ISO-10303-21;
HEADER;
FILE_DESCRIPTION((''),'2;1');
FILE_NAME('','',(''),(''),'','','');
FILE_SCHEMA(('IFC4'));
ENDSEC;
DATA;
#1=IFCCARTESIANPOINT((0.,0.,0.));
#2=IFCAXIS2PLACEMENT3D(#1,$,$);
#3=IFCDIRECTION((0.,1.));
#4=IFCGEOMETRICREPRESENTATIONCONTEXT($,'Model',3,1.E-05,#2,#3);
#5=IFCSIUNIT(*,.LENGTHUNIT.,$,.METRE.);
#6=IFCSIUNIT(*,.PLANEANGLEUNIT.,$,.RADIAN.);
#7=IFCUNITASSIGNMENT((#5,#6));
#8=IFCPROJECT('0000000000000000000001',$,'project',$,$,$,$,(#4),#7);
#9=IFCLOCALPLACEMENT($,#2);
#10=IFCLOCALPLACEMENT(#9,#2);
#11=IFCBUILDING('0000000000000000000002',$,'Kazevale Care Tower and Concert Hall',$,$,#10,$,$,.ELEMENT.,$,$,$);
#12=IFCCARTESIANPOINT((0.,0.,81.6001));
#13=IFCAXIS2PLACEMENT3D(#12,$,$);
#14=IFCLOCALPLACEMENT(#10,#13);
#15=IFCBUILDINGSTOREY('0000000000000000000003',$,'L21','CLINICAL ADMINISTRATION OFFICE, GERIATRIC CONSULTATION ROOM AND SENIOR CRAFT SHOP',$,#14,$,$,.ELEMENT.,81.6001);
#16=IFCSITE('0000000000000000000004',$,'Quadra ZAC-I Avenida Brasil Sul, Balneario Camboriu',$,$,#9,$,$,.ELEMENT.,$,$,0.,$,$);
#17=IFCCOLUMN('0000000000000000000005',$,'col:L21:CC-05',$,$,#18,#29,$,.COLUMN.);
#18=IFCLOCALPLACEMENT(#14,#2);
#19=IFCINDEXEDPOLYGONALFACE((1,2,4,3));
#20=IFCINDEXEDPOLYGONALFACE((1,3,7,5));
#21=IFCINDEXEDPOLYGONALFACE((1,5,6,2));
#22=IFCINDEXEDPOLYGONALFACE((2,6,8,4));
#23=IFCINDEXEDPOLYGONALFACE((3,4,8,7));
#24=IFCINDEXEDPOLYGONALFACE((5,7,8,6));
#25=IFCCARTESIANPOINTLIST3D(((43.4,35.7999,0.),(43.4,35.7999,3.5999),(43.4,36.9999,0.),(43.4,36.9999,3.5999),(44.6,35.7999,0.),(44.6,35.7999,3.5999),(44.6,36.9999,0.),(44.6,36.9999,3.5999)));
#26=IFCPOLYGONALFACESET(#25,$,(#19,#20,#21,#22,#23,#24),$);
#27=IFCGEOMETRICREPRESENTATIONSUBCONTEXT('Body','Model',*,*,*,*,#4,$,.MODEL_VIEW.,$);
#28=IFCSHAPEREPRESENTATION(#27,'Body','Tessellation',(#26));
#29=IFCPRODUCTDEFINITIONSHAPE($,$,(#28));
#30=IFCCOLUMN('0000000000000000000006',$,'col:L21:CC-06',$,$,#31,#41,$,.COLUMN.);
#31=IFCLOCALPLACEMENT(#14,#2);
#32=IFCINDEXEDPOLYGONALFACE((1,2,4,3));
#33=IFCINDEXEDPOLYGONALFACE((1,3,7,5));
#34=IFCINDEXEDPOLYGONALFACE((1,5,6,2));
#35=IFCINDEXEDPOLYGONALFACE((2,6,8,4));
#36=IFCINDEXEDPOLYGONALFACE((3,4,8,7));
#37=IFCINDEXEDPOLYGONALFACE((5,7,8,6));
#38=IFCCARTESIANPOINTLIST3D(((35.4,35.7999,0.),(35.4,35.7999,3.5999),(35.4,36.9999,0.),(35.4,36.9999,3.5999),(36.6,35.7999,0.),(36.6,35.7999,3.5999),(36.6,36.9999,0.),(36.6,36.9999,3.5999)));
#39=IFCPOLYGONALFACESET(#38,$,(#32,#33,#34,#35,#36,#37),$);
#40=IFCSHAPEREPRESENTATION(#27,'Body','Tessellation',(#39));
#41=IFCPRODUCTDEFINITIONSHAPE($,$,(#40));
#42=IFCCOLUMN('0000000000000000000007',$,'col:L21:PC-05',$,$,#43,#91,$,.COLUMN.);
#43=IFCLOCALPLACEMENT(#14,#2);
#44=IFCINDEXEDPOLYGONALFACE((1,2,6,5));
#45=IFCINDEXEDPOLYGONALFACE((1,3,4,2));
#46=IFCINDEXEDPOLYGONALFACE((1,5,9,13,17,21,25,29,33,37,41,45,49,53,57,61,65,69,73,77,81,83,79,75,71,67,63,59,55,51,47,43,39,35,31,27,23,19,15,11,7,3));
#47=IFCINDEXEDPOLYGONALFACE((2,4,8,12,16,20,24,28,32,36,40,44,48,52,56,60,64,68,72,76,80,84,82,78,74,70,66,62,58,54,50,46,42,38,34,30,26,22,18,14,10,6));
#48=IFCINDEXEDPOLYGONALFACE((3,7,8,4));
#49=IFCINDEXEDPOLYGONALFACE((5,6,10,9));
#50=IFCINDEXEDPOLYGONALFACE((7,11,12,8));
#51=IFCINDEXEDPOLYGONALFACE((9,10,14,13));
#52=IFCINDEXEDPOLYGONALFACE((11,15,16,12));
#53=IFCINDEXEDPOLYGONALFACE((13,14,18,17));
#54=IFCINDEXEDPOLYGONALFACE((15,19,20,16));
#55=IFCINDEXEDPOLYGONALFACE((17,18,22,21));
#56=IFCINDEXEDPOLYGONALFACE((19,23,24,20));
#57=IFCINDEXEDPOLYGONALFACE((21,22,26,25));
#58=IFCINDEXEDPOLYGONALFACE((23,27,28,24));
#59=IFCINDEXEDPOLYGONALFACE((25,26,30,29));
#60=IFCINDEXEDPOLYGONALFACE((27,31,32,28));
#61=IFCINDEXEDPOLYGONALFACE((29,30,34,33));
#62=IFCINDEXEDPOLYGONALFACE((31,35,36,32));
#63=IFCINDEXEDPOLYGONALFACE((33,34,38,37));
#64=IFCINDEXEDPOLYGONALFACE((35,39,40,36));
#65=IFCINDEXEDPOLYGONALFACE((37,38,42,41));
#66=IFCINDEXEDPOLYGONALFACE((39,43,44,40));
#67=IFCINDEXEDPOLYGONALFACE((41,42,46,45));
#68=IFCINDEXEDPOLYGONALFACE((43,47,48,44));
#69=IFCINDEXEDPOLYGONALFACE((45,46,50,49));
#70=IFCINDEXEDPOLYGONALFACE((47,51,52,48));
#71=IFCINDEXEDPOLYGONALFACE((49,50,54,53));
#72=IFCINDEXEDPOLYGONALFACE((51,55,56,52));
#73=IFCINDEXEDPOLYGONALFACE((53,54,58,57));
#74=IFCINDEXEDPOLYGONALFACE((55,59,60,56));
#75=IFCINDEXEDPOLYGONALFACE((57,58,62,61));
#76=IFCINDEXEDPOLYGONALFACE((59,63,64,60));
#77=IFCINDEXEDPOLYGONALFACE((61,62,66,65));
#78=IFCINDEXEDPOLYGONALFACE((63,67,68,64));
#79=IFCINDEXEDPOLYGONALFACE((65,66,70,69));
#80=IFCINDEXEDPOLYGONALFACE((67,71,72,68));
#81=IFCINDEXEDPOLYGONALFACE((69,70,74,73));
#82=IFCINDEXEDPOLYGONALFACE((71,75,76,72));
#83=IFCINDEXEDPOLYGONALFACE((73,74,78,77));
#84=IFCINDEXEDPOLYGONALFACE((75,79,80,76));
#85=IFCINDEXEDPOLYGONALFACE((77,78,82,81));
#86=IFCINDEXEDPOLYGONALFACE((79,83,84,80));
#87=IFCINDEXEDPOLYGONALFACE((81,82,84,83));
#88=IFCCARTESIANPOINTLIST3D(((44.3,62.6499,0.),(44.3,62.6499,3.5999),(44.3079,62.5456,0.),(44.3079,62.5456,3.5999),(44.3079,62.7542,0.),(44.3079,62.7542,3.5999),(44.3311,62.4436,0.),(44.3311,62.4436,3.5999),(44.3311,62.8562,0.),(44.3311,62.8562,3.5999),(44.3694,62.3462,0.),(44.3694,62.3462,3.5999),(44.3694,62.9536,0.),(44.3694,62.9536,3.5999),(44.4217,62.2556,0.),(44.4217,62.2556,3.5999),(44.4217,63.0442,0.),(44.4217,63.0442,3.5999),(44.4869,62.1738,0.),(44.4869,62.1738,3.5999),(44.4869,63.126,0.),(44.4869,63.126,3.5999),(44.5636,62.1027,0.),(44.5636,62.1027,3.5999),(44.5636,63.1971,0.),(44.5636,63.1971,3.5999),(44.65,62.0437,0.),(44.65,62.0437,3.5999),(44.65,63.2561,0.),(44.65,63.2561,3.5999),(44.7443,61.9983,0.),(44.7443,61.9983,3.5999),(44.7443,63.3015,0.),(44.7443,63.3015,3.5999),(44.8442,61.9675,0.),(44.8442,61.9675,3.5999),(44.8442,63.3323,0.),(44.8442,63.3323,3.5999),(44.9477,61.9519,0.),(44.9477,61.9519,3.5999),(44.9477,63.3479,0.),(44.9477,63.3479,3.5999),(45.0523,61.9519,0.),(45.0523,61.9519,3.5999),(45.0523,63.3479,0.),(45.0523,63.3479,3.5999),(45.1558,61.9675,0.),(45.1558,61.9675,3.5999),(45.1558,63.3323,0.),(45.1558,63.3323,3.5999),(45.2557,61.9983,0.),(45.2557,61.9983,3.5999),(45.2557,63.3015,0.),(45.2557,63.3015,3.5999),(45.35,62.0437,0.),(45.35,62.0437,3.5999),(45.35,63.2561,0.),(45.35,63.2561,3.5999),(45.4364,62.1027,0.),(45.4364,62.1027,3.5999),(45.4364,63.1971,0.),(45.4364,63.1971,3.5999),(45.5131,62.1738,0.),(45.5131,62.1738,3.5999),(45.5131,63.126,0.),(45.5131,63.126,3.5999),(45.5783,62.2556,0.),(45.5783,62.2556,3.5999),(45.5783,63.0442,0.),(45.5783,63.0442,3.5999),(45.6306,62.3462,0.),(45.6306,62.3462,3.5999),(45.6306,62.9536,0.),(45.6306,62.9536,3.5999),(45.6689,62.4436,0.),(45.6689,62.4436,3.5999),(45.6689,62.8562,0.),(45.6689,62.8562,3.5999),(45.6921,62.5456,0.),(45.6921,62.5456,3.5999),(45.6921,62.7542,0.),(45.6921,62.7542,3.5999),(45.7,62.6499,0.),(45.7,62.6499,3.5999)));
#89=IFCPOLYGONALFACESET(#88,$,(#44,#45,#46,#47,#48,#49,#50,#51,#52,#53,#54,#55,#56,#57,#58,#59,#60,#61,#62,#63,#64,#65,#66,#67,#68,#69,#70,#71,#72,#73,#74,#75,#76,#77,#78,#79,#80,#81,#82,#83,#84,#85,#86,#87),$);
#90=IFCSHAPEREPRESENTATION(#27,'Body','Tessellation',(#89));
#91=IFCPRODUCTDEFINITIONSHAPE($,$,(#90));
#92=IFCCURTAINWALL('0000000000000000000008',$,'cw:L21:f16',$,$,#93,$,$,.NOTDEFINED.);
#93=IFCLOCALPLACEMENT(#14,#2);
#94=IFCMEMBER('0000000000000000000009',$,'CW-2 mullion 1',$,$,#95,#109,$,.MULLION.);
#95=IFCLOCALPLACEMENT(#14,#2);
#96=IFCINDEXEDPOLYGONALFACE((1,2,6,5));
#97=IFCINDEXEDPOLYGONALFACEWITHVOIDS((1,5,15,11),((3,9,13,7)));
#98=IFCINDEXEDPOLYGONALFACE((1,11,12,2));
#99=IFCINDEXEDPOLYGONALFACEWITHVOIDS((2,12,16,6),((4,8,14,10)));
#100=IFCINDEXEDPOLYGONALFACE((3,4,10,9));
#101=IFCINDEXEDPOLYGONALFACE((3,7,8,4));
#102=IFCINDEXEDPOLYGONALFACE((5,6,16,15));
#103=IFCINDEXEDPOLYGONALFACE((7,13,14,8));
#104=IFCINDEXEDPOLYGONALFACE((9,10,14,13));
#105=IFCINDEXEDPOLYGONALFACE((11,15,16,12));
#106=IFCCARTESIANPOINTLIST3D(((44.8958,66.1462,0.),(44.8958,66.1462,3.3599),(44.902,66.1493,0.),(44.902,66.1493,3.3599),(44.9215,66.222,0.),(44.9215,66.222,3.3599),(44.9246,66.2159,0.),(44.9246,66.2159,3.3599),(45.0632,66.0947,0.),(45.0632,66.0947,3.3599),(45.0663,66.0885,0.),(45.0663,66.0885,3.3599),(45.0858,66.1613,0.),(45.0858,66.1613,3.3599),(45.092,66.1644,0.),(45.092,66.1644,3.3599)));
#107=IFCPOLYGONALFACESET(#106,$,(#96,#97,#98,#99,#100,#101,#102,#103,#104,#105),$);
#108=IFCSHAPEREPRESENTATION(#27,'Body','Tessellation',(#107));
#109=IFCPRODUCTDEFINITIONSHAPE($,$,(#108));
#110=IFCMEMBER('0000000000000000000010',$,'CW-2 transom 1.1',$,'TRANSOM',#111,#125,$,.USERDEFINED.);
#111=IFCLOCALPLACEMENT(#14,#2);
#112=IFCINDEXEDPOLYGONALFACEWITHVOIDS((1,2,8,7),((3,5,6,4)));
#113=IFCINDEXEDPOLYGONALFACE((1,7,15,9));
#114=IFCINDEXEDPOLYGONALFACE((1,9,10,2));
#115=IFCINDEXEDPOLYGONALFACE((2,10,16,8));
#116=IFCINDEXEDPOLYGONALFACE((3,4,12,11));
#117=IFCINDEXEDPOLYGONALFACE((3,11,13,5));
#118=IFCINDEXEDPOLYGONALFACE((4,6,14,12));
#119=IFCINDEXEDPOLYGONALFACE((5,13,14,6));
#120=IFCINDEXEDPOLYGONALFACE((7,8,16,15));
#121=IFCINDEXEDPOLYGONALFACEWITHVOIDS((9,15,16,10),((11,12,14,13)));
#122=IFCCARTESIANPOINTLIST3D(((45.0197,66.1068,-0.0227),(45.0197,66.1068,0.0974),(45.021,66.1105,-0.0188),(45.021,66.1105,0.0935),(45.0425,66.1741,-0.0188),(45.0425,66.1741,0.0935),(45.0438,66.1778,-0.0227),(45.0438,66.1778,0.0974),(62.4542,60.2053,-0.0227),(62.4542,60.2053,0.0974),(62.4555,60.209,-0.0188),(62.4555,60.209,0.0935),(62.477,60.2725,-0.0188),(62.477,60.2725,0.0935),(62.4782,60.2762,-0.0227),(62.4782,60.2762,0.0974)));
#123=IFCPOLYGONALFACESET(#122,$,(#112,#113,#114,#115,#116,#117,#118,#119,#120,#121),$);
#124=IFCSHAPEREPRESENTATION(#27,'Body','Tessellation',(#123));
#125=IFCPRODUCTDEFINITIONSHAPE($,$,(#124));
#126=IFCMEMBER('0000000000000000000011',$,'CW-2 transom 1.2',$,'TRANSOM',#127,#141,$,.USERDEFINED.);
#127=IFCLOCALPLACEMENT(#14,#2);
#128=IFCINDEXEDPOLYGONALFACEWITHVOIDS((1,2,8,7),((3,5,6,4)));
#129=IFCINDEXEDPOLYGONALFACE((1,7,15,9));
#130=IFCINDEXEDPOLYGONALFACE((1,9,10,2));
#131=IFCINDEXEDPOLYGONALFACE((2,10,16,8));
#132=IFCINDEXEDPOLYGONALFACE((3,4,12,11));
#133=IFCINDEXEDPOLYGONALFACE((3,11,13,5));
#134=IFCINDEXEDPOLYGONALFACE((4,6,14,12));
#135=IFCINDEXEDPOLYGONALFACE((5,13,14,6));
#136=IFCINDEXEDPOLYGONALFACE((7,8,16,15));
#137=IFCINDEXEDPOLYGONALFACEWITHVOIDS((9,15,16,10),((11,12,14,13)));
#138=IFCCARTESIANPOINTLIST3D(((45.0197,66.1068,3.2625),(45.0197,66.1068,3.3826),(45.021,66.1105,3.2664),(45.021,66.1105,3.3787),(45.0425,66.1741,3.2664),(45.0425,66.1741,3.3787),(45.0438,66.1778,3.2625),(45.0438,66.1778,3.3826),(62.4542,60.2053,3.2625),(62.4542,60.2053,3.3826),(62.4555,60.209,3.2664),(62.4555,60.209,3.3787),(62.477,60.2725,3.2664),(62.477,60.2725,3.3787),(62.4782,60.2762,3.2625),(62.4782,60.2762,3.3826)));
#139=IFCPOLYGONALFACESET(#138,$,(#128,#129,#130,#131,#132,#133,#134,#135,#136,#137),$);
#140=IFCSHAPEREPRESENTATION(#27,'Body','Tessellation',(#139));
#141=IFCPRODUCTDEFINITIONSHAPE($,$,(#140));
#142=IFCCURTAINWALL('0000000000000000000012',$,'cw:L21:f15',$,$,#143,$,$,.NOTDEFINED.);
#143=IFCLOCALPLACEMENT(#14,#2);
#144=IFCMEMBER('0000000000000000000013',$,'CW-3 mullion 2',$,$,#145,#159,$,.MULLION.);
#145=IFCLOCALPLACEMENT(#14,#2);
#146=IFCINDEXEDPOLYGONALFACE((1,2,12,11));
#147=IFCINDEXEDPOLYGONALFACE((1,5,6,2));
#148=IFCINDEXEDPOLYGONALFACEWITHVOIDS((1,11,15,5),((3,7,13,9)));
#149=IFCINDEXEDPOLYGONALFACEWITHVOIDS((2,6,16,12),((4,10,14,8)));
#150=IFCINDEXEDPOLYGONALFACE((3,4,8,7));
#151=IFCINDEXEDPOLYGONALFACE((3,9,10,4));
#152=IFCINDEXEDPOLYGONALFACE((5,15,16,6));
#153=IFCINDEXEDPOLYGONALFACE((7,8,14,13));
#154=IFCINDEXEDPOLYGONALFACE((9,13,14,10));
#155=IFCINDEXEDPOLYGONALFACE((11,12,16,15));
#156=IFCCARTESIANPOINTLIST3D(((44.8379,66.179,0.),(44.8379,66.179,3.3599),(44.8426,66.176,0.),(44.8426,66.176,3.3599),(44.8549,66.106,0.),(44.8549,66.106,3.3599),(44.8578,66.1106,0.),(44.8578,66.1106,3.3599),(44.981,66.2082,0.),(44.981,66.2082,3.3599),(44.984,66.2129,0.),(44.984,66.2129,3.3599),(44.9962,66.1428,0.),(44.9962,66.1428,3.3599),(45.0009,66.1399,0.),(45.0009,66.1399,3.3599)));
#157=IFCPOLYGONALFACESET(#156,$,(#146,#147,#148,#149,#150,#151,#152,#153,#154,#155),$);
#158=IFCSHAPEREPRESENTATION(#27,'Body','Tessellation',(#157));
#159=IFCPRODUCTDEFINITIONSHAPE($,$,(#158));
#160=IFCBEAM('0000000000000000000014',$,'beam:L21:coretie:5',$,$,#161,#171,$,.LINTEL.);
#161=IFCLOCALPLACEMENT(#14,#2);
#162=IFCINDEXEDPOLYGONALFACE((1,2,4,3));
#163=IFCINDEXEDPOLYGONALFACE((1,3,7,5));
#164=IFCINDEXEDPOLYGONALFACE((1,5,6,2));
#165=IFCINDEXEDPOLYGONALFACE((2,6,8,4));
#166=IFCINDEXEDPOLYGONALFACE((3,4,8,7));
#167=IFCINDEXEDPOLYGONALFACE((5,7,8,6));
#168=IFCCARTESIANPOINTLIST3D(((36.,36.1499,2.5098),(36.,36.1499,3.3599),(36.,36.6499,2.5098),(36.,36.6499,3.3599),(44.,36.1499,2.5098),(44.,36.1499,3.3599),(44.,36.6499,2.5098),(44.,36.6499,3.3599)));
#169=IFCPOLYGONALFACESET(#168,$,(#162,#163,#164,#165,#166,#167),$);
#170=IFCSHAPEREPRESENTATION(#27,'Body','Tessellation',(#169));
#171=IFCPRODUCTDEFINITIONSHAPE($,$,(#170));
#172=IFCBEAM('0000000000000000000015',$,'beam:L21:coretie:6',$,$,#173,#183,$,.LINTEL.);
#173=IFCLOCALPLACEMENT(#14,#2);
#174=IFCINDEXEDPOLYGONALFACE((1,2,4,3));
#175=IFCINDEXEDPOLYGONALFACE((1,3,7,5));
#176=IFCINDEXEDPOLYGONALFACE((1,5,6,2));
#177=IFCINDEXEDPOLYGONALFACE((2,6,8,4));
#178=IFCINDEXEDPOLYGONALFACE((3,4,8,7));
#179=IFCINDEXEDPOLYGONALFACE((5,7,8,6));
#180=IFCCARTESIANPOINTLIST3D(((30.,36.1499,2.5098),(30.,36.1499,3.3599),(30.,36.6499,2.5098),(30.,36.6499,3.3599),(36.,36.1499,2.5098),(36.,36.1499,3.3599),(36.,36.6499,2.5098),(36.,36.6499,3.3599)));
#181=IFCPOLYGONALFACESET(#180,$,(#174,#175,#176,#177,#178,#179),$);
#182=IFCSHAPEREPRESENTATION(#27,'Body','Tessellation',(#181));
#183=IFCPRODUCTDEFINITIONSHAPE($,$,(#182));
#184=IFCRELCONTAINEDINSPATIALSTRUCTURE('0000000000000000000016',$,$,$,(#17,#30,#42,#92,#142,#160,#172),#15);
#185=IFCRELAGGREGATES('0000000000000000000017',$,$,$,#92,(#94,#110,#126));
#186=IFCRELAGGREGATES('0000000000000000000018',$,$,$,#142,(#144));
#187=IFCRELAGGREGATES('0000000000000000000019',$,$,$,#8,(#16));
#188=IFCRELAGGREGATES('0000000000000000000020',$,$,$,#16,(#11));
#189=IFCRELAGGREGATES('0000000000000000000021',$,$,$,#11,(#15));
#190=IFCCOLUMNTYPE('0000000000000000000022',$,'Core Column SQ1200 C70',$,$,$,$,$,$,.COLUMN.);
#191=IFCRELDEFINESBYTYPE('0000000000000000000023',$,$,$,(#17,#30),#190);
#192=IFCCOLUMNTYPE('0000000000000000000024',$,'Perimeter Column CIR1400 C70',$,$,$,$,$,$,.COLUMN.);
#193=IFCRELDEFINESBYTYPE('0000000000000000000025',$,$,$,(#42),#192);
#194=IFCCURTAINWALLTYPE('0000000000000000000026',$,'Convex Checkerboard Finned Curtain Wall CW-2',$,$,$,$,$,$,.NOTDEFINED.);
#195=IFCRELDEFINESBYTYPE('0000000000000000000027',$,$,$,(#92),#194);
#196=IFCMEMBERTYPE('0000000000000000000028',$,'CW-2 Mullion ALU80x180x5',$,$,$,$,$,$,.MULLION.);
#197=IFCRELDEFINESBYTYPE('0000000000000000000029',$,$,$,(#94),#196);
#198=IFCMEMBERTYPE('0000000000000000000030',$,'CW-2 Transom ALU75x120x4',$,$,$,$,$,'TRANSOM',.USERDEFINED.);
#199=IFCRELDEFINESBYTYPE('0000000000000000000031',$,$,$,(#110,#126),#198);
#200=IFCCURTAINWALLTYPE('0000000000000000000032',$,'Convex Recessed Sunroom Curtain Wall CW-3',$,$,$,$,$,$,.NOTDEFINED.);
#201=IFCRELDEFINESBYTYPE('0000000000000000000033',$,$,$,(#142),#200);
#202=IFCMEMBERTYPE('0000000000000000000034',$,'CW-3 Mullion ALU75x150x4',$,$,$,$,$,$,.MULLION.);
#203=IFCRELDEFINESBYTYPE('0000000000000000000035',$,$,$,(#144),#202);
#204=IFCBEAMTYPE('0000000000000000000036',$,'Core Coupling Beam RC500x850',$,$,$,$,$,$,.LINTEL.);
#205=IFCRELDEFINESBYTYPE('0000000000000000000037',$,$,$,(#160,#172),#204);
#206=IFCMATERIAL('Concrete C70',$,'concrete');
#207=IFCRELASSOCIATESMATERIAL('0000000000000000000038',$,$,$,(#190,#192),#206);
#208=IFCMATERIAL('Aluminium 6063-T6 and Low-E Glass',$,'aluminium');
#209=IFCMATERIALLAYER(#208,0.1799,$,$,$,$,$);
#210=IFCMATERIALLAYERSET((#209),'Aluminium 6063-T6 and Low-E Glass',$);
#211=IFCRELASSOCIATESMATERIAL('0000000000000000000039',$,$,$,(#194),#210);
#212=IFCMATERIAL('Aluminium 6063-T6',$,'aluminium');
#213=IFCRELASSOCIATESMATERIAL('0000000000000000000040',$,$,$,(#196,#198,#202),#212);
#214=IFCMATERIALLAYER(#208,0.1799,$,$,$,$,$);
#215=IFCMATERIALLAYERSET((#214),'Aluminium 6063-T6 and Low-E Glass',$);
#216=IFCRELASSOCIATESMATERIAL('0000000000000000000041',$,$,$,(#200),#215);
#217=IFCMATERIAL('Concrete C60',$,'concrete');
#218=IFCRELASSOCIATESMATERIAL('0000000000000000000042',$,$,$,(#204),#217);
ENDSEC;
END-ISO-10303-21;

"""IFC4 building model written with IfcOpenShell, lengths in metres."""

from ifc_helpers import new_model, si_unit, direction, frame, origin, origin_2d, place, context, subcontext, project, spatial, rectangle, hollow_rectangle, circle, extrude, material, layer, layer_set, material_profile, profile_set, type_object, element, aggregate, save


model = new_model("IFC4")

# Units and contexts
model_context = context("Model", 3, precision=1e-05, world=origin(), true_north=direction((0.0, 1.0)))
body_context = subcontext(model_context, "Body", "Model", "MODEL_VIEW")
ifc_project = project(units=[si_unit("LENGTHUNIT", "METRE"), si_unit("PLANEANGLEUNIT", "RADIAN")], contexts=[model_context])

# Site, building, storey
site_placement = place(None, origin())
site = spatial("IfcSite", under=ifc_project, at=site_placement, Name="Quadra ZAC-I Avenida Brasil Sul, Balneario Camboriu", CompositionType="ELEMENT", RefElevation=0.0)
building_placement = place(site_placement, origin())
building = spatial("IfcBuilding", under=site, at=building_placement, Name="Kazevale Care Tower and Concert Hall", CompositionType="ELEMENT")
storey_placement = place(building_placement, frame((0.0, 0.0, 81.6001)))
storey = spatial("IfcBuildingStorey", under=building, at=storey_placement, Name="L21", Description="CLINICAL ADMINISTRATION OFFICE, GERIATRIC CONSULTATION ROOM AND SENIOR CRAFT SHOP", CompositionType="ELEMENT", Elevation=81.6001)

# Columns
ifc_material_1 = material(Name="Concrete C70", Category="concrete")
ifc_material_profile_1 = material_profile(ifc_material_1, rectangle(XDim=1.2, YDim=1.2, at=origin_2d()), Name="RC-SQ1200")
ifc_profile_set_1 = profile_set([ifc_material_profile_1], Name="Concrete C70")
column_type_1 = type_object("IfcColumnType", Name="Core Column SQ1200 C70", PredefinedType="COLUMN", material=ifc_profile_set_1)
for number, where, z_axis, x_axis, name in (
    (1, (44.0, 36.3999, 0.0), (0.0, 0.0, 1.0), (1.0, 0.0, 0.0), "col:L21:CC-05"),
    (2, (36.0, 36.3999, 0.0), (0.0, 0.0, 1.0), (1.0, 0.0, 0.0), "col:L21:CC-06"),
):
    element("IfcColumn", number, at=place(storey_placement, frame(where, z_axis=z_axis, x_axis=x_axis)), inside=storey, type_object=column_type_1, Name=name, PredefinedType="COLUMN", context=body_context, shape_type="SweptSolid", body=[
        extrude(rectangle(XDim=1.2, YDim=1.2, at=origin_2d()), origin(), (0.0, 0.0, 1.0), 3.5999),
    ])
ifc_material_profile_2 = material_profile(ifc_material_1, circle(Radius=0.7, at=origin_2d()), Name="RC-CIR1400")
ifc_profile_set_2 = profile_set([ifc_material_profile_2], Name="Concrete C70")
column_type_2 = type_object("IfcColumnType", Name="Perimeter Column CIR1400 C70", PredefinedType="COLUMN", material=ifc_profile_set_2)
column_placement = place(storey_placement, frame((45.0, 62.6499, 0.0), z_axis=(0.0, 0.0, 1.0), x_axis=(1.0, 0.0, 0.0)))
element("IfcColumn", 3, at=column_placement, inside=storey, type_object=column_type_2, Name="col:L21:PC-05", PredefinedType="COLUMN", context=body_context, shape_type="SweptSolid", body=[
    extrude(circle(Radius=0.7, at=origin_2d()), origin(), (0.0, 0.0, 1.0), 3.5999),
])

# Curtain wall, members
ifc_material_2 = material(Name="Aluminium 6063-T6 and Low-E Glass", Category="aluminium")
ifc_layer_1 = layer(ifc_material_2, 0.1799)
ifc_layer_set_1 = layer_set([ifc_layer_1], Name="Aluminium 6063-T6 and Low-E Glass")
curtain_wall_type_1 = type_object("IfcCurtainWallType", Name="Convex Checkerboard Finned Curtain Wall CW-2", PredefinedType="NOTDEFINED", material=ifc_layer_set_1)
curtain_wall_1_placement = place(storey_placement, origin())
curtain_wall_1 = element("IfcCurtainWall", 4, at=curtain_wall_1_placement, inside=storey, type_object=curtain_wall_type_1, Name="cw:L21:f16", PredefinedType="NOTDEFINED")
ifc_material_3 = material(Name="Aluminium 6063-T6", Category="aluminium")
ifc_material_profile_3 = material_profile(ifc_material_3, hollow_rectangle(XDim=0.0801, YDim=0.1799, WallThickness=0.0049, at=origin_2d()), Name="ALU80x180x5")
ifc_profile_set_3 = profile_set([ifc_material_profile_3], Name="Aluminium 6063-T6")
member_type_1 = type_object("IfcMemberType", Name="CW-2 Mullion ALU80x180x5", PredefinedType="MULLION", material=ifc_profile_set_3)
member_1_placement = place(storey_placement, frame((44.9939, 66.1553, 0.0), z_axis=(0.0, 0.0, 1.0), x_axis=(0.320636, 0.947203, 0.0)))
member_1 = element("IfcMember", 5, at=member_1_placement, type_object=member_type_1, Name="CW-2 mullion 1", PredefinedType="MULLION", context=body_context, shape_type="SweptSolid", body=[
    extrude(hollow_rectangle(XDim=0.0801, YDim=0.1799, WallThickness=0.0049, at=origin_2d()), origin(), (0.0, 0.0, 1.0), 3.3599),
])
ifc_material_profile_4 = material_profile(ifc_material_3, hollow_rectangle(XDim=0.075, YDim=0.1201, WallThickness=0.0039, at=origin_2d()), Name="ALU75x120x4")
ifc_profile_set_4 = profile_set([ifc_material_profile_4], Name="Aluminium 6063-T6")
member_type_2 = type_object("IfcMemberType", Name="CW-2 Transom ALU75x120x4", ElementType="TRANSOM", PredefinedType="USERDEFINED", material=ifc_profile_set_4)
member_2_placement = place(storey_placement, frame((45.0317, 66.1423, 0.0374), z_axis=(0.947205, -0.320629, 0.0), x_axis=(0.320629, 0.947205, 0.0)))
member_2 = element("IfcMember", 6, at=member_2_placement, type_object=member_type_2, Name="CW-2 transom 1.1", ObjectType="TRANSOM", PredefinedType="USERDEFINED", context=body_context, shape_type="SweptSolid", body=[
    extrude(hollow_rectangle(XDim=0.075, YDim=0.1201, WallThickness=0.0039, at=origin_2d()), origin(), (0.0, 0.0, 1.0), 18.4062),
])
member_3_placement = place(storey_placement, frame((45.0317, 66.1423, 3.3225), z_axis=(0.947205, -0.320629, 0.0), x_axis=(0.320629, 0.947205, 0.0)))
member_3 = element("IfcMember", 7, at=member_3_placement, type_object=member_type_2, Name="CW-2 transom 1.2", ObjectType="TRANSOM", PredefinedType="USERDEFINED", context=body_context, shape_type="SweptSolid", body=[
    extrude(hollow_rectangle(XDim=0.075, YDim=0.1201, WallThickness=0.0039, at=origin_2d()), origin(), (0.0, 0.0, 1.0), 18.4062),
])
aggregate(curtain_wall_1, [member_1, member_2, member_3])

# Curtain wall, member
ifc_layer_2 = layer(ifc_material_2, 0.1799)
ifc_layer_set_2 = layer_set([ifc_layer_2], Name="Aluminium 6063-T6 and Low-E Glass")
curtain_wall_type_2 = type_object("IfcCurtainWallType", Name="Convex Recessed Sunroom Curtain Wall CW-3", PredefinedType="NOTDEFINED", material=ifc_layer_set_2)
curtain_wall_2_placement = place(storey_placement, origin())
curtain_wall_2 = element("IfcCurtainWall", 8, at=curtain_wall_2_placement, inside=storey, type_object=curtain_wall_type_2, Name="cw:L21:f15", PredefinedType="NOTDEFINED")
ifc_material_profile_5 = material_profile(ifc_material_3, hollow_rectangle(XDim=0.075, YDim=0.1499, WallThickness=0.0039, at=origin_2d()), Name="ALU75x150x4")
ifc_profile_set_5 = profile_set([ifc_material_profile_5], Name="Aluminium 6063-T6")
member_type_3 = type_object("IfcMemberType", Name="CW-3 Mullion ALU75x150x4", PredefinedType="MULLION", material=ifc_profile_set_5)
member_4_placement = place(storey_placement, frame((44.9194, 66.1594, 0.0), z_axis=(0.0, 0.0, 1.0), x_axis=(-0.226287, 0.974061, 0.0)))
member_4 = element("IfcMember", 9, at=member_4_placement, type_object=member_type_3, Name="CW-3 mullion 2", PredefinedType="MULLION", context=body_context, shape_type="SweptSolid", body=[
    extrude(hollow_rectangle(XDim=0.075, YDim=0.1499, WallThickness=0.0039, at=origin_2d()), origin(), (0.0, 0.0, 1.0), 3.3599),
])

# Beams
ifc_material_4 = material(Name="Concrete C60", Category="concrete")
ifc_material_profile_6 = material_profile(ifc_material_4, rectangle(XDim=0.5, YDim=0.8501, at=origin_2d()), Name="RC-B500x850")
ifc_profile_set_6 = profile_set([ifc_material_profile_6], Name="Concrete C60")
beam_type_1 = type_object("IfcBeamType", Name="Core Coupling Beam RC500x850", PredefinedType="LINTEL", material=ifc_profile_set_6)
beam_1_placement = place(storey_placement, frame((44.0, 36.3999, 2.9348), z_axis=(-1.0, 0.0, 0.0), x_axis=(0.0, -1.0, 0.0)))
element("IfcBeam", 10, at=beam_1_placement, inside=storey, type_object=beam_type_1, Name="beam:L21:coretie:5", PredefinedType="LINTEL", context=body_context, shape_type="SweptSolid", body=[
    extrude(rectangle(XDim=0.5, YDim=0.8501, at=origin_2d()), origin(), (0.0, 0.0, 1.0), 8.0),
])
beam_2_placement = place(storey_placement, frame((36.0, 36.3999, 2.9348), z_axis=(-1.0, 0.0, 0.0), x_axis=(0.0, -1.0, 0.0)))
element("IfcBeam", 11, at=beam_2_placement, inside=storey, type_object=beam_type_1, Name="beam:L21:coretie:6", PredefinedType="LINTEL", context=body_context, shape_type="SweptSolid", body=[
    extrude(rectangle(XDim=0.5, YDim=0.8501, at=origin_2d()), origin(), (0.0, 0.0, 1.0), 6.0),
])

aggregate(curtain_wall_2, [member_4])

save(model, "model.ifc")
